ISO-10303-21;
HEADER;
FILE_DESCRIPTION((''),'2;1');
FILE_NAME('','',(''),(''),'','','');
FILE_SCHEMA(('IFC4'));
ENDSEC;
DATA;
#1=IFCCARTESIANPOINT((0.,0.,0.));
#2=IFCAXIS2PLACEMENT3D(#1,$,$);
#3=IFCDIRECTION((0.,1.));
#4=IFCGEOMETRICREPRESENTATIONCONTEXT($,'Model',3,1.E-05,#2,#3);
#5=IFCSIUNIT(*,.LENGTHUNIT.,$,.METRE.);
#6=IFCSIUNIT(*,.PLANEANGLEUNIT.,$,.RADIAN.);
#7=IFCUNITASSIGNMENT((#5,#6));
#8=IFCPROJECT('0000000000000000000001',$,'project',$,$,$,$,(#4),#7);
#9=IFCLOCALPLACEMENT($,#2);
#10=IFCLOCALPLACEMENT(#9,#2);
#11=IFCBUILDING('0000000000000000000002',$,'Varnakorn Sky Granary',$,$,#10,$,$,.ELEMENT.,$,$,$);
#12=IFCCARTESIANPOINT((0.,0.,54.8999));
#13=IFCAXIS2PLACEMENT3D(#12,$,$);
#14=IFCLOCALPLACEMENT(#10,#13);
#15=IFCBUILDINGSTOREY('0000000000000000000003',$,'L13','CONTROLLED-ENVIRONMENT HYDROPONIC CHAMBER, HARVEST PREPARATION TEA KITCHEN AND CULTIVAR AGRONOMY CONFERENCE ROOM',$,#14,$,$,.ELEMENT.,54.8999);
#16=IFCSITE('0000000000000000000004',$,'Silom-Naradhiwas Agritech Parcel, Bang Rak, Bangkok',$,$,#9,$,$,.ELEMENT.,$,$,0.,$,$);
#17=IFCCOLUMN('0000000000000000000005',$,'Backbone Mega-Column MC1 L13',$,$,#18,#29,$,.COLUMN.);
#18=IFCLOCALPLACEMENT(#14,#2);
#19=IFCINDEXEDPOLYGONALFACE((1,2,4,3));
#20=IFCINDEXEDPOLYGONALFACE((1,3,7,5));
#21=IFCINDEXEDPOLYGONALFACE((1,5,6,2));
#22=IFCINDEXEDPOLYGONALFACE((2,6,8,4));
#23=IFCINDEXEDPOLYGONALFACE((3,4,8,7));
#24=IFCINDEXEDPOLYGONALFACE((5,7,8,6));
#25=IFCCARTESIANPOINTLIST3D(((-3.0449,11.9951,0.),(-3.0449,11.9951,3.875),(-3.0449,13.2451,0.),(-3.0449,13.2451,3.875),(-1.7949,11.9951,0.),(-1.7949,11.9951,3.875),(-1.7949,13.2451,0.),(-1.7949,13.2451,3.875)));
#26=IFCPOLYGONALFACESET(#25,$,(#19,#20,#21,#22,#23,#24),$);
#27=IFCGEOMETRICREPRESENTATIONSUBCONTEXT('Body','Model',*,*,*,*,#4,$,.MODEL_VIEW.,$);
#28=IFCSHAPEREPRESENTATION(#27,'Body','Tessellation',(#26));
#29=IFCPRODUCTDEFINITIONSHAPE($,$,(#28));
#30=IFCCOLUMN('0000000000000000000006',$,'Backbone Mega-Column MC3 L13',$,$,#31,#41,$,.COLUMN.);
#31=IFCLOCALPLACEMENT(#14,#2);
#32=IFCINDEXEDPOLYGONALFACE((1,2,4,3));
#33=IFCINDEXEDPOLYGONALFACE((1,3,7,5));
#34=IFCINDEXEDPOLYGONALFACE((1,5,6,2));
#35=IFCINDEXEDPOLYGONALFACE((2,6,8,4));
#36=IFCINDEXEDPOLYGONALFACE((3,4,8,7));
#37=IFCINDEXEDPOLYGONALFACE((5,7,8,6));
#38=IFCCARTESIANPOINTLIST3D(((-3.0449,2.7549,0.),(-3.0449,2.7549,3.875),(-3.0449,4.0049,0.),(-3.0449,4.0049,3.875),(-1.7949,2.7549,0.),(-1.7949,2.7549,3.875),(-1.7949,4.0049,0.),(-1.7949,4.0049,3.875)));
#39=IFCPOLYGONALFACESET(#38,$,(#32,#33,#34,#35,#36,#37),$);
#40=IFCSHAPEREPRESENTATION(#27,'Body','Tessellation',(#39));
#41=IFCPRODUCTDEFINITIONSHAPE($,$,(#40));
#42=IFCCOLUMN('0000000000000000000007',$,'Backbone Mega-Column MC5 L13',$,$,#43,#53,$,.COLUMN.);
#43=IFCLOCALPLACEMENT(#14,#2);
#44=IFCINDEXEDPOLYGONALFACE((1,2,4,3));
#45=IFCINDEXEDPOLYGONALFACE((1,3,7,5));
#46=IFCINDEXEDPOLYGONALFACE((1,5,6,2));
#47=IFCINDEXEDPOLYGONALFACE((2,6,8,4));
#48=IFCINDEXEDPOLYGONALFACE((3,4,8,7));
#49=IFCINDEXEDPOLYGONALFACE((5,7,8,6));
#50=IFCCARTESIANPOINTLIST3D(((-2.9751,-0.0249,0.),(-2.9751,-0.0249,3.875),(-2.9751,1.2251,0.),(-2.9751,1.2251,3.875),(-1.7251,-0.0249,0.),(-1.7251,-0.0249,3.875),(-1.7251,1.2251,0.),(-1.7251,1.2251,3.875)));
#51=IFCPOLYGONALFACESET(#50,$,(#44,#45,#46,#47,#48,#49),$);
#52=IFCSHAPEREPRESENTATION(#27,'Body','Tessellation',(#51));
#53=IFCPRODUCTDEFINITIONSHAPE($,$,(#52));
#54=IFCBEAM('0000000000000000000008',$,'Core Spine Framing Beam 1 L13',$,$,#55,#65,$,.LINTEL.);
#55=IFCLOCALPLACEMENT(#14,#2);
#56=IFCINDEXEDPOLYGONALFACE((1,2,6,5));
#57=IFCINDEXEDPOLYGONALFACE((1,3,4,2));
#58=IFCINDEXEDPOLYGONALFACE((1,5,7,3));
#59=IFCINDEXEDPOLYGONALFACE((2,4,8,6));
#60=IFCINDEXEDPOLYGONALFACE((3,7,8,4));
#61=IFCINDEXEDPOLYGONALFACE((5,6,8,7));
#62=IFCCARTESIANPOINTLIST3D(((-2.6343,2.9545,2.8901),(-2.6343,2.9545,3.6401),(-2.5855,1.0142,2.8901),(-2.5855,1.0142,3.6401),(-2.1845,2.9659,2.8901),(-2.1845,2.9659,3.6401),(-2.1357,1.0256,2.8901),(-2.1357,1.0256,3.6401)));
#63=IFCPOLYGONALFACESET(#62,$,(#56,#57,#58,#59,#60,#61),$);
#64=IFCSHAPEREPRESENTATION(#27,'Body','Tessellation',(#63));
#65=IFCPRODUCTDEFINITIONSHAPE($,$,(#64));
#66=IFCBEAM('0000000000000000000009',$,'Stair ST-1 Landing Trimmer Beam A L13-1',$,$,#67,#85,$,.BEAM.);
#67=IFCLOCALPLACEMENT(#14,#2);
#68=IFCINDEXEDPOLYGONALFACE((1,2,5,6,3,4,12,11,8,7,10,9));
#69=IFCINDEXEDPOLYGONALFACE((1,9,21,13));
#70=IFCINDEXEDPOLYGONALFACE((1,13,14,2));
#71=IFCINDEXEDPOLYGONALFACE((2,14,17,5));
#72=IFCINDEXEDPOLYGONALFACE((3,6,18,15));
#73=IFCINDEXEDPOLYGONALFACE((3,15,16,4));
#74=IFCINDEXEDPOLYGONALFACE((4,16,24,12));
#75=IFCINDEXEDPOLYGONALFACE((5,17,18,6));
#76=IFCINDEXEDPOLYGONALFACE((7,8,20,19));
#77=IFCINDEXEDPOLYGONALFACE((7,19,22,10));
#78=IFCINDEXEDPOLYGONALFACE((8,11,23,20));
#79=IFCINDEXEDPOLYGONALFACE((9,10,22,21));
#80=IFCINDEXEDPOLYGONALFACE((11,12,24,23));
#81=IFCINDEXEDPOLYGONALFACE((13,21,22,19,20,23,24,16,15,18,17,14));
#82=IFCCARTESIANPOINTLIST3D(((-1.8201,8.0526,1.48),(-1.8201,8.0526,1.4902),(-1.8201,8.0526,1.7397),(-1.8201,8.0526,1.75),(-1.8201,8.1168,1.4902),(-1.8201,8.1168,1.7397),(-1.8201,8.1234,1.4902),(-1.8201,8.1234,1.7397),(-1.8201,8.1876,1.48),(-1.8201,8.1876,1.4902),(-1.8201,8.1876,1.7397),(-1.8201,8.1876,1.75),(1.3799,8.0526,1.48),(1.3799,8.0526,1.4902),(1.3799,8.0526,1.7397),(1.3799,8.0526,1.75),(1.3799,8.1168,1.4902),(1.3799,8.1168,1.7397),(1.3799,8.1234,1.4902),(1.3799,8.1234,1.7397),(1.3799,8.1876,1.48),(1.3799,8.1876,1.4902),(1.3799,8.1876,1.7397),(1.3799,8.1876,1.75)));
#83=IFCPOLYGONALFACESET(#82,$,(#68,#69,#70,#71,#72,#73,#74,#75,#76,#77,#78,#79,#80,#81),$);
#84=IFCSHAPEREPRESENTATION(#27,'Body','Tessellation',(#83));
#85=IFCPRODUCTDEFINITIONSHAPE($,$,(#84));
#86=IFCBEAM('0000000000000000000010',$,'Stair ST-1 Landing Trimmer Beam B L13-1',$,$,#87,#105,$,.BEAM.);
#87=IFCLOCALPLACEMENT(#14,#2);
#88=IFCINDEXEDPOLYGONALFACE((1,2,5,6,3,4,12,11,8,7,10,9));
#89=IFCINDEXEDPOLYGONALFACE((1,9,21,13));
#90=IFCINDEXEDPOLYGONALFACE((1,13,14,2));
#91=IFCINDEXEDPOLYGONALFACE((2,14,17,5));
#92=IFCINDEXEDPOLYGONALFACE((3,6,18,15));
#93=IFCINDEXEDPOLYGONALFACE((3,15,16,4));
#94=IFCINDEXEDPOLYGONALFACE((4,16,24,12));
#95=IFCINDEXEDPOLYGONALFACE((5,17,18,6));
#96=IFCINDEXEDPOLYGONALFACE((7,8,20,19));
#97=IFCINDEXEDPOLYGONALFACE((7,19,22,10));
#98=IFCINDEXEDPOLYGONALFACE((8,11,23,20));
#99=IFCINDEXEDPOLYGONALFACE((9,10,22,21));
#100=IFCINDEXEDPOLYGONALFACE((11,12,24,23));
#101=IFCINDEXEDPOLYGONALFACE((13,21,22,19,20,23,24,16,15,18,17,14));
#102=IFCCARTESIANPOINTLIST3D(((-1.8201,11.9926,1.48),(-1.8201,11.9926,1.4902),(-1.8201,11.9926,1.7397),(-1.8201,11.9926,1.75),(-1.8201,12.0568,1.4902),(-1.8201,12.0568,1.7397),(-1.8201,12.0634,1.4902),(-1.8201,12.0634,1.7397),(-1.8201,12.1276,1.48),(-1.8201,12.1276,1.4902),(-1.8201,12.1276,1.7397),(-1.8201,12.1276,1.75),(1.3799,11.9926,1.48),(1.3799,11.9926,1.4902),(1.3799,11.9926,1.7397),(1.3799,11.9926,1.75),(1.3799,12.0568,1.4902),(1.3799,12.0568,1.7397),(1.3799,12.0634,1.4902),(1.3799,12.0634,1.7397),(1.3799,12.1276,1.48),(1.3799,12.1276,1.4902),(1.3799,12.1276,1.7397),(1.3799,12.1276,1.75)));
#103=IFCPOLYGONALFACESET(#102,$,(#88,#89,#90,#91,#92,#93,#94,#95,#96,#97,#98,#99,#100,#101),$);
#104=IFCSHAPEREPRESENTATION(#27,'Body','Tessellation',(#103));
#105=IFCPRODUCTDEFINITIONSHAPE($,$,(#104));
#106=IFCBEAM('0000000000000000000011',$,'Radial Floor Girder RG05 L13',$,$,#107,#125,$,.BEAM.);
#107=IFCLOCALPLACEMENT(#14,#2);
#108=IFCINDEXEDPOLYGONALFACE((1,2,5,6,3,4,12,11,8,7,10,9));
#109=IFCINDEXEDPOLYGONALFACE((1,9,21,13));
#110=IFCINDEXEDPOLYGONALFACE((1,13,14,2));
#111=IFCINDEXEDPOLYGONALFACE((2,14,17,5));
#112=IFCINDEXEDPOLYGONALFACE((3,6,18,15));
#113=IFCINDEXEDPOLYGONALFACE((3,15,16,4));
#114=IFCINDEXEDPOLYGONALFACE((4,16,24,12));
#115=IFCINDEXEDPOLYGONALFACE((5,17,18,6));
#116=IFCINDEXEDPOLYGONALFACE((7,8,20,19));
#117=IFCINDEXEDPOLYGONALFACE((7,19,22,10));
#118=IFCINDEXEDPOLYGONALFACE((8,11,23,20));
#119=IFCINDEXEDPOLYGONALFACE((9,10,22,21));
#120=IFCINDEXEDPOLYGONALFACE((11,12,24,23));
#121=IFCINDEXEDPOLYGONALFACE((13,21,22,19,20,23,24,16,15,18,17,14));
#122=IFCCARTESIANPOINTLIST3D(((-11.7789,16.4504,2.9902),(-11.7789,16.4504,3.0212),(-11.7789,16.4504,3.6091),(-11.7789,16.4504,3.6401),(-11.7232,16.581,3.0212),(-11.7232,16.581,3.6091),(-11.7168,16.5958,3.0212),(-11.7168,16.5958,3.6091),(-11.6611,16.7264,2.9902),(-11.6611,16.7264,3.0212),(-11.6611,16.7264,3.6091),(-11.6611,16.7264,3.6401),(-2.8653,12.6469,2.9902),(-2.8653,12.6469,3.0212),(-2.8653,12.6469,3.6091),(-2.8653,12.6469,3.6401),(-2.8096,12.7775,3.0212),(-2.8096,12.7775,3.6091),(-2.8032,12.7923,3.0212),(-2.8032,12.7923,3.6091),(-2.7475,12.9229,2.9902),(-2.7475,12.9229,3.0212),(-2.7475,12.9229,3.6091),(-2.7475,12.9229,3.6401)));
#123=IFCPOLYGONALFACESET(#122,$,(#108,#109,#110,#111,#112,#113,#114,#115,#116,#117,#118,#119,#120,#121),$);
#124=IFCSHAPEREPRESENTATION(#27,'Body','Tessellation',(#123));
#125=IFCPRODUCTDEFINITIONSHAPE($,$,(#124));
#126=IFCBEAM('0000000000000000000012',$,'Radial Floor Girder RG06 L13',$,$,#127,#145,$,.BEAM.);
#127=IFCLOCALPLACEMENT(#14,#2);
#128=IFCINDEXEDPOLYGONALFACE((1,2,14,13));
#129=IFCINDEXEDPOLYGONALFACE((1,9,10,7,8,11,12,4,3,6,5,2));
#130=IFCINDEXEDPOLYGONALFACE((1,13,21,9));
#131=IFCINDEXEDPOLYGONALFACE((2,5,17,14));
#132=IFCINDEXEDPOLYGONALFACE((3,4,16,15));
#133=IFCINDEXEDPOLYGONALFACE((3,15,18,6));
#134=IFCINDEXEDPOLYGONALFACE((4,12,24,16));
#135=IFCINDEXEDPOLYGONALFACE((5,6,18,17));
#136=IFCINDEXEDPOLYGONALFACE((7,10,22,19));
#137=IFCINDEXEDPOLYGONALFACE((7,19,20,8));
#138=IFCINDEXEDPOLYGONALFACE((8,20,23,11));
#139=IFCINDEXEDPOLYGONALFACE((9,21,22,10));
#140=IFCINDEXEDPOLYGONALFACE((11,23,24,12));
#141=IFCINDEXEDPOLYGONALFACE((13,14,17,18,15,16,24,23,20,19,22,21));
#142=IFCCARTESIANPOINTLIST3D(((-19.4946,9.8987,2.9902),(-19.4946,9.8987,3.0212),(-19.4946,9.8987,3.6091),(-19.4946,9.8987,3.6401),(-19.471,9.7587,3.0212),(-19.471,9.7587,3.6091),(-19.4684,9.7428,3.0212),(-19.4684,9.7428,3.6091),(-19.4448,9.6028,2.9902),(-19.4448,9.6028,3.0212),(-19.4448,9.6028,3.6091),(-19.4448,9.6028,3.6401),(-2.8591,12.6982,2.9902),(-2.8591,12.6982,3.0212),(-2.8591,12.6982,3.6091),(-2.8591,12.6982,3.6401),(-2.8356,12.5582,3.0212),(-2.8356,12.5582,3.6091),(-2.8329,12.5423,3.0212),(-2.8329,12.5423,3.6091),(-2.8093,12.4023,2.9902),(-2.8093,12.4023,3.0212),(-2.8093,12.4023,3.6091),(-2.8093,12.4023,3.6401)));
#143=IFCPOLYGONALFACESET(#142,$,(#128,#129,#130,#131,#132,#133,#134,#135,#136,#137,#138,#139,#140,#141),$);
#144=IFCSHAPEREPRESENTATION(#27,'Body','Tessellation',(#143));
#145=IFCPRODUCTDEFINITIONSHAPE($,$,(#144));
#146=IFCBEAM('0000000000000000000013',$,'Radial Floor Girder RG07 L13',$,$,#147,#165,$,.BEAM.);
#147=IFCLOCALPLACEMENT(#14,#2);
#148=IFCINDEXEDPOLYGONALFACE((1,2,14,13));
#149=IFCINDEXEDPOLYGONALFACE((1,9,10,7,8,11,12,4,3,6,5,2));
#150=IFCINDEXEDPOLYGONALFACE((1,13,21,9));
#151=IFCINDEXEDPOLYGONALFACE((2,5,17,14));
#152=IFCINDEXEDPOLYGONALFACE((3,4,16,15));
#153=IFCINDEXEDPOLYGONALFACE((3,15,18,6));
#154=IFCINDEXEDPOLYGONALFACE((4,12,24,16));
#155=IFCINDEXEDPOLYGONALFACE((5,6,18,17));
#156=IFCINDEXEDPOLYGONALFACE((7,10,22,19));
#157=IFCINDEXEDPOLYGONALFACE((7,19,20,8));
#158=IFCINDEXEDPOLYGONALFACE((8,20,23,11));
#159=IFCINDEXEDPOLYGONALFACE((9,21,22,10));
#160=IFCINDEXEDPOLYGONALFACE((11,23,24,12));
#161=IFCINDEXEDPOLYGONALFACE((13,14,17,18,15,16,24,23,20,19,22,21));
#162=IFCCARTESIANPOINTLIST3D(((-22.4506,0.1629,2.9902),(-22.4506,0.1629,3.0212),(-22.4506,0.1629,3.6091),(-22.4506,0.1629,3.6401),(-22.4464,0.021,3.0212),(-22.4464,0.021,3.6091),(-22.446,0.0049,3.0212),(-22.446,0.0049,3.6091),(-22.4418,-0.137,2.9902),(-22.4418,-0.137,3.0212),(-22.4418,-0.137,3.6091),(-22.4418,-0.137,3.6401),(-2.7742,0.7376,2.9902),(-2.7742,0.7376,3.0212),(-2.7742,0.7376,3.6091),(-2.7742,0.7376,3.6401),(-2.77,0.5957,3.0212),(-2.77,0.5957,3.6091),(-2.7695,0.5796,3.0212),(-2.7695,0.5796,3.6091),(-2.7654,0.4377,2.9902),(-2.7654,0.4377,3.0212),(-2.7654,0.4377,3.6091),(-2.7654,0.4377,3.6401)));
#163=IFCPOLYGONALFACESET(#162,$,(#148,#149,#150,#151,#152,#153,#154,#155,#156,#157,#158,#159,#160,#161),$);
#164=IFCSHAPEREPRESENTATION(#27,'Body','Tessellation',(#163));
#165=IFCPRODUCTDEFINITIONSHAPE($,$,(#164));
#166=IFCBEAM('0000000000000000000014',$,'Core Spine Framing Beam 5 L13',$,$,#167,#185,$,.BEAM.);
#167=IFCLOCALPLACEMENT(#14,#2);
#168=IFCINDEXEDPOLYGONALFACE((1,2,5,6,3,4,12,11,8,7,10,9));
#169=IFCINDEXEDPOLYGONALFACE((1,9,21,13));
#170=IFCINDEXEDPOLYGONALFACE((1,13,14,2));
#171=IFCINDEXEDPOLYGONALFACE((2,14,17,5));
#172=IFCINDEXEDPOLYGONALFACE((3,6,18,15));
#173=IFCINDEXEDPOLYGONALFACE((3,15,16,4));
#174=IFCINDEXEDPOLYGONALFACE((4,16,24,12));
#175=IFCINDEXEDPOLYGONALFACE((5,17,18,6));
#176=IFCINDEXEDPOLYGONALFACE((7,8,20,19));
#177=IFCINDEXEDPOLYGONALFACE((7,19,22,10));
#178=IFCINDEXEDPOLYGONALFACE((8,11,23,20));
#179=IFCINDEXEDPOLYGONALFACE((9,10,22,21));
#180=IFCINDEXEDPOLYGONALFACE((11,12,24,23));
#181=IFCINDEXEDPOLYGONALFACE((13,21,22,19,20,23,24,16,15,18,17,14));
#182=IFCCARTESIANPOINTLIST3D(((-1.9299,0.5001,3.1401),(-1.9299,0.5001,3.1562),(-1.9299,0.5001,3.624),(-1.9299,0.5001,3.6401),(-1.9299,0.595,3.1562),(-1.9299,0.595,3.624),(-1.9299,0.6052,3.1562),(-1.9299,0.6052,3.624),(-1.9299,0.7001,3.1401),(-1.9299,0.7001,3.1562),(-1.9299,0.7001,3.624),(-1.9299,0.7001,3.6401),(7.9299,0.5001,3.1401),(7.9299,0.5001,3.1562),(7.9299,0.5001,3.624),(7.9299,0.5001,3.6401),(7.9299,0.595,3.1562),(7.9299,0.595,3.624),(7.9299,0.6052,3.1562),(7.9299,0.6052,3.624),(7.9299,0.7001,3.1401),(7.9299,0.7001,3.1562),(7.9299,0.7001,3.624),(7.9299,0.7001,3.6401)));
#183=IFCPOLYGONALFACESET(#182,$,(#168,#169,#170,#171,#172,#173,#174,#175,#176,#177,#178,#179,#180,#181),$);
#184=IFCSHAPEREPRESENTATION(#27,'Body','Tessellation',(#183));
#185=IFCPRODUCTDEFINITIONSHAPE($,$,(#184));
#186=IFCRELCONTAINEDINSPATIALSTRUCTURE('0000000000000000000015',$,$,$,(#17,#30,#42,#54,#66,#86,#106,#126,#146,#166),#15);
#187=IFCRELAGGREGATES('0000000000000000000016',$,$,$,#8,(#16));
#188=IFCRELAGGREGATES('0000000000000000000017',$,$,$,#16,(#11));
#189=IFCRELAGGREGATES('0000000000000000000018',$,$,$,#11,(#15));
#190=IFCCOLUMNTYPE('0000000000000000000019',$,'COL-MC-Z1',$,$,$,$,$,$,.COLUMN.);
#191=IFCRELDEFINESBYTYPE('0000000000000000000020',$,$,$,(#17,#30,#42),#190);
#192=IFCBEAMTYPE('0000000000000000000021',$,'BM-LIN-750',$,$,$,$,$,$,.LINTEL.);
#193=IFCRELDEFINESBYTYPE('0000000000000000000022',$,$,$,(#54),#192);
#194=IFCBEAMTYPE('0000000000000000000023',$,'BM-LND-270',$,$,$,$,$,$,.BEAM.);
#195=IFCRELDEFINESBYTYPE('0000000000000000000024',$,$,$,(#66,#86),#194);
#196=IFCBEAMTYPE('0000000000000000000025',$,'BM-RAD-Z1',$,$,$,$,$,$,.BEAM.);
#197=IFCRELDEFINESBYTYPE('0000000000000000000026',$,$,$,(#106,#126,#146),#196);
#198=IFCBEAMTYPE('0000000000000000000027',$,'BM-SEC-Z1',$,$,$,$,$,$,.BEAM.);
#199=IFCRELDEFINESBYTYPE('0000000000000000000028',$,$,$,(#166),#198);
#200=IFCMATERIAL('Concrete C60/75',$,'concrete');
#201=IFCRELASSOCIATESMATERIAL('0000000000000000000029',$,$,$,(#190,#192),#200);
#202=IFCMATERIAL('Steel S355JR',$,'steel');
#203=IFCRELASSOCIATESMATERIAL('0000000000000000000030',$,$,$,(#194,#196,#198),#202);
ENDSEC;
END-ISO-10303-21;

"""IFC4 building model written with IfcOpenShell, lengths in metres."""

from ifc_helpers import new_model, si_unit, direction, frame, origin, origin_2d, place, context, subcontext, project, spatial, rectangle, i_section, extrude, material, material_profile, profile_set, type_object, element, save


model = new_model("IFC4")

# Units and contexts
model_context = context("Model", 3, precision=1e-05, world=origin(), true_north=direction((0.0, 1.0)))
body_context = subcontext(model_context, "Body", "Model", "MODEL_VIEW")
ifc_project = project(units=[si_unit("LENGTHUNIT", "METRE"), si_unit("PLANEANGLEUNIT", "RADIAN")], contexts=[model_context])

# Site, building, storey
site_placement = place(None, origin())
site = spatial("IfcSite", under=ifc_project, at=site_placement, Name="Silom-Naradhiwas Agritech Parcel, Bang Rak, Bangkok", CompositionType="ELEMENT", RefElevation=0.0)
building_placement = place(site_placement, origin())
building = spatial("IfcBuilding", under=site, at=building_placement, Name="Varnakorn Sky Granary", CompositionType="ELEMENT")
storey_placement = place(building_placement, frame((0.0, 0.0, 54.8999)))
storey = spatial("IfcBuildingStorey", under=building, at=storey_placement, Name="L13", Description="CONTROLLED-ENVIRONMENT HYDROPONIC CHAMBER, HARVEST PREPARATION TEA KITCHEN AND CULTIVAR AGRONOMY CONFERENCE ROOM", CompositionType="ELEMENT", Elevation=54.8999)

# Columns
ifc_material_1 = material(Name="Concrete C60/75", Category="concrete")
ifc_material_profile_1 = material_profile(ifc_material_1, rectangle(XDim=1.25, YDim=1.25, at=origin_2d()), Name="RC 1250x1250")
ifc_profile_set_1 = profile_set([ifc_material_profile_1], Name="Concrete C60/75")
column_type = type_object("IfcColumnType", Name="COL-MC-Z1", PredefinedType="COLUMN", material=ifc_profile_set_1)
for number, where, z_axis, x_axis, name in (
    (1, (-2.4199, 12.6201, 0.0), (0.0, 0.0, 1.0), (1.0, 0.0, 0.0), "Backbone Mega-Column MC1 L13"),
    (2, (-2.4199, 3.3799, 0.0), (0.0, 0.0, 1.0), (1.0, 0.0, 0.0), "Backbone Mega-Column MC3 L13"),
    (3, (-2.3501, 0.6001, 0.0), (0.0, 0.0, 1.0), (1.0, 0.0, 0.0), "Backbone Mega-Column MC5 L13"),
):
    element("IfcColumn", number, at=place(storey_placement, frame(where, z_axis=z_axis, x_axis=x_axis)), inside=storey, type_object=column_type, Name=name, PredefinedType="COLUMN", context=body_context, shape_type="SweptSolid", body=[
        extrude(rectangle(XDim=1.25, YDim=1.25, at=origin_2d()), origin(), (0.0, 0.0, 1.0), 3.875),
    ])

# Beams
ifc_material_profile_2 = material_profile(ifc_material_1, rectangle(XDim=0.45, YDim=0.75, at=origin_2d()), Name="RC 450x750")
ifc_profile_set_2 = profile_set([ifc_material_profile_2], Name="Concrete C60/75")
beam_type_1 = type_object("IfcBeamType", Name="BM-LIN-750", PredefinedType="LINTEL", material=ifc_profile_set_2)
beam_1_placement = place(storey_placement, frame((-2.4094, 2.9602, 3.2651), z_axis=(0.025159, -0.999683, 0.0), x_axis=(0.999683, 0.025159, 0.0)))
element("IfcBeam", 4, at=beam_1_placement, inside=storey, type_object=beam_type_1, Name="Core Spine Framing Beam 1 L13", PredefinedType="LINTEL", context=body_context, shape_type="SweptSolid", body=[
    extrude(rectangle(XDim=0.45, YDim=0.75, at=origin_2d()), origin(), (0.0, 0.0, 1.0), 1.9409),
])
ifc_material_2 = material(Name="Steel S355JR", Category="steel")
ifc_material_profile_3 = material_profile(ifc_material_2, i_section(OverallWidth=0.135, OverallDepth=0.27, WebThickness=0.0066, FlangeThickness=0.0103, at=origin_2d()), Name="IPE 270")
ifc_profile_set_3 = profile_set([ifc_material_profile_3], Name="Steel S355JR")
beam_type_2 = type_object("IfcBeamType", Name="BM-LND-270", PredefinedType="BEAM", material=ifc_profile_set_3)
for number, where, z_axis, x_axis, name in (
    (5, (-1.8201, 8.1201, 1.615), (1.0, 0.0, 0.0), (0.0, 1.0, 0.0), "Stair ST-1 Landing Trimmer Beam A L13-1"),
    (6, (-1.8201, 12.0601, 1.615), (1.0, 0.0, 0.0), (0.0, 1.0, 0.0), "Stair ST-1 Landing Trimmer Beam B L13-1"),
):
    element("IfcBeam", number, at=place(storey_placement, frame(where, z_axis=z_axis, x_axis=x_axis)), inside=storey, type_object=beam_type_2, Name=name, PredefinedType="BEAM", context=body_context, shape_type="SweptSolid", body=[
        extrude(i_section(OverallWidth=0.135, OverallDepth=0.27, WebThickness=0.0066, FlangeThickness=0.0103, at=origin_2d()), origin(), (0.0, 0.0, 1.0), 3.2),
    ])
ifc_material_profile_4 = material_profile(ifc_material_2, i_section(OverallWidth=0.3, OverallDepth=0.6499, WebThickness=0.0161, FlangeThickness=0.031, at=origin_2d()), Name="HE 650 B")
ifc_profile_set_4 = profile_set([ifc_material_profile_4], Name="Steel S355JR")
beam_type_3 = type_object("IfcBeamType", Name="BM-RAD-Z1", PredefinedType="BEAM", material=ifc_profile_set_4)
beam_2_placement = place(storey_placement, frame((-2.8064, 12.7849, 3.3152), z_axis=(-0.919765, 0.392469, 0.0), x_axis=(-0.392469, -0.919765, 0.0)))
element("IfcBeam", 7, at=beam_2_placement, inside=storey, type_object=beam_type_3, Name="Radial Floor Girder RG05 L13", PredefinedType="BEAM", context=body_context, shape_type="SweptSolid", body=[
    extrude(i_section(OverallWidth=0.3, OverallDepth=0.6499, WebThickness=0.0161, FlangeThickness=0.031, at=origin_2d()), origin(), (0.0, 0.0, 1.0), 9.6912),
])
beam_3_placement = place(storey_placement, frame((-2.8342, 12.5503, 3.3152), z_axis=(-0.986133, -0.165955, 0.0), x_axis=(0.165955, -0.986133, 0.0)))
element("IfcBeam", 8, at=beam_3_placement, inside=storey, type_object=beam_type_3, Name="Radial Floor Girder RG06 L13", PredefinedType="BEAM", context=body_context, shape_type="SweptSolid", body=[
    extrude(i_section(OverallWidth=0.3, OverallDepth=0.6499, WebThickness=0.0161, FlangeThickness=0.031, at=origin_2d()), origin(), (0.0, 0.0, 1.0), 16.8694),
])
beam_4_placement = place(storey_placement, frame((-2.7698, 0.5876, 3.3152), z_axis=(-0.999574, -0.029195, 0.0), x_axis=(0.029195, -0.999574, 0.0)))
element("IfcBeam", 9, at=beam_4_placement, inside=storey, type_object=beam_type_3, Name="Radial Floor Girder RG07 L13", PredefinedType="BEAM", context=body_context, shape_type="SweptSolid", body=[
    extrude(i_section(OverallWidth=0.3, OverallDepth=0.6499, WebThickness=0.0161, FlangeThickness=0.031, at=origin_2d()), origin(), (0.0, 0.0, 1.0), 19.6848),
])
ifc_material_profile_5 = material_profile(ifc_material_2, i_section(OverallWidth=0.2, OverallDepth=0.5, WebThickness=0.0103, FlangeThickness=0.0161, at=origin_2d()), Name="IPE 500")
ifc_profile_set_5 = profile_set([ifc_material_profile_5], Name="Steel S355JR")
beam_type_4 = type_object("IfcBeamType", Name="BM-SEC-Z1", PredefinedType="BEAM", material=ifc_profile_set_5)
beam_5_placement = place(storey_placement, frame((-1.9299, 0.6001, 3.3901), z_axis=(1.0, 0.0, 0.0), x_axis=(0.0, 1.0, 0.0)))
element("IfcBeam", 10, at=beam_5_placement, inside=storey, type_object=beam_type_4, Name="Core Spine Framing Beam 5 L13", PredefinedType="BEAM", context=body_context, shape_type="SweptSolid", body=[
    extrude(i_section(OverallWidth=0.2, OverallDepth=0.5, WebThickness=0.0103, FlangeThickness=0.0161, at=origin_2d()), origin(), (0.0, 0.0, 1.0), 9.8599),
])

save(model, "model.ifc")
